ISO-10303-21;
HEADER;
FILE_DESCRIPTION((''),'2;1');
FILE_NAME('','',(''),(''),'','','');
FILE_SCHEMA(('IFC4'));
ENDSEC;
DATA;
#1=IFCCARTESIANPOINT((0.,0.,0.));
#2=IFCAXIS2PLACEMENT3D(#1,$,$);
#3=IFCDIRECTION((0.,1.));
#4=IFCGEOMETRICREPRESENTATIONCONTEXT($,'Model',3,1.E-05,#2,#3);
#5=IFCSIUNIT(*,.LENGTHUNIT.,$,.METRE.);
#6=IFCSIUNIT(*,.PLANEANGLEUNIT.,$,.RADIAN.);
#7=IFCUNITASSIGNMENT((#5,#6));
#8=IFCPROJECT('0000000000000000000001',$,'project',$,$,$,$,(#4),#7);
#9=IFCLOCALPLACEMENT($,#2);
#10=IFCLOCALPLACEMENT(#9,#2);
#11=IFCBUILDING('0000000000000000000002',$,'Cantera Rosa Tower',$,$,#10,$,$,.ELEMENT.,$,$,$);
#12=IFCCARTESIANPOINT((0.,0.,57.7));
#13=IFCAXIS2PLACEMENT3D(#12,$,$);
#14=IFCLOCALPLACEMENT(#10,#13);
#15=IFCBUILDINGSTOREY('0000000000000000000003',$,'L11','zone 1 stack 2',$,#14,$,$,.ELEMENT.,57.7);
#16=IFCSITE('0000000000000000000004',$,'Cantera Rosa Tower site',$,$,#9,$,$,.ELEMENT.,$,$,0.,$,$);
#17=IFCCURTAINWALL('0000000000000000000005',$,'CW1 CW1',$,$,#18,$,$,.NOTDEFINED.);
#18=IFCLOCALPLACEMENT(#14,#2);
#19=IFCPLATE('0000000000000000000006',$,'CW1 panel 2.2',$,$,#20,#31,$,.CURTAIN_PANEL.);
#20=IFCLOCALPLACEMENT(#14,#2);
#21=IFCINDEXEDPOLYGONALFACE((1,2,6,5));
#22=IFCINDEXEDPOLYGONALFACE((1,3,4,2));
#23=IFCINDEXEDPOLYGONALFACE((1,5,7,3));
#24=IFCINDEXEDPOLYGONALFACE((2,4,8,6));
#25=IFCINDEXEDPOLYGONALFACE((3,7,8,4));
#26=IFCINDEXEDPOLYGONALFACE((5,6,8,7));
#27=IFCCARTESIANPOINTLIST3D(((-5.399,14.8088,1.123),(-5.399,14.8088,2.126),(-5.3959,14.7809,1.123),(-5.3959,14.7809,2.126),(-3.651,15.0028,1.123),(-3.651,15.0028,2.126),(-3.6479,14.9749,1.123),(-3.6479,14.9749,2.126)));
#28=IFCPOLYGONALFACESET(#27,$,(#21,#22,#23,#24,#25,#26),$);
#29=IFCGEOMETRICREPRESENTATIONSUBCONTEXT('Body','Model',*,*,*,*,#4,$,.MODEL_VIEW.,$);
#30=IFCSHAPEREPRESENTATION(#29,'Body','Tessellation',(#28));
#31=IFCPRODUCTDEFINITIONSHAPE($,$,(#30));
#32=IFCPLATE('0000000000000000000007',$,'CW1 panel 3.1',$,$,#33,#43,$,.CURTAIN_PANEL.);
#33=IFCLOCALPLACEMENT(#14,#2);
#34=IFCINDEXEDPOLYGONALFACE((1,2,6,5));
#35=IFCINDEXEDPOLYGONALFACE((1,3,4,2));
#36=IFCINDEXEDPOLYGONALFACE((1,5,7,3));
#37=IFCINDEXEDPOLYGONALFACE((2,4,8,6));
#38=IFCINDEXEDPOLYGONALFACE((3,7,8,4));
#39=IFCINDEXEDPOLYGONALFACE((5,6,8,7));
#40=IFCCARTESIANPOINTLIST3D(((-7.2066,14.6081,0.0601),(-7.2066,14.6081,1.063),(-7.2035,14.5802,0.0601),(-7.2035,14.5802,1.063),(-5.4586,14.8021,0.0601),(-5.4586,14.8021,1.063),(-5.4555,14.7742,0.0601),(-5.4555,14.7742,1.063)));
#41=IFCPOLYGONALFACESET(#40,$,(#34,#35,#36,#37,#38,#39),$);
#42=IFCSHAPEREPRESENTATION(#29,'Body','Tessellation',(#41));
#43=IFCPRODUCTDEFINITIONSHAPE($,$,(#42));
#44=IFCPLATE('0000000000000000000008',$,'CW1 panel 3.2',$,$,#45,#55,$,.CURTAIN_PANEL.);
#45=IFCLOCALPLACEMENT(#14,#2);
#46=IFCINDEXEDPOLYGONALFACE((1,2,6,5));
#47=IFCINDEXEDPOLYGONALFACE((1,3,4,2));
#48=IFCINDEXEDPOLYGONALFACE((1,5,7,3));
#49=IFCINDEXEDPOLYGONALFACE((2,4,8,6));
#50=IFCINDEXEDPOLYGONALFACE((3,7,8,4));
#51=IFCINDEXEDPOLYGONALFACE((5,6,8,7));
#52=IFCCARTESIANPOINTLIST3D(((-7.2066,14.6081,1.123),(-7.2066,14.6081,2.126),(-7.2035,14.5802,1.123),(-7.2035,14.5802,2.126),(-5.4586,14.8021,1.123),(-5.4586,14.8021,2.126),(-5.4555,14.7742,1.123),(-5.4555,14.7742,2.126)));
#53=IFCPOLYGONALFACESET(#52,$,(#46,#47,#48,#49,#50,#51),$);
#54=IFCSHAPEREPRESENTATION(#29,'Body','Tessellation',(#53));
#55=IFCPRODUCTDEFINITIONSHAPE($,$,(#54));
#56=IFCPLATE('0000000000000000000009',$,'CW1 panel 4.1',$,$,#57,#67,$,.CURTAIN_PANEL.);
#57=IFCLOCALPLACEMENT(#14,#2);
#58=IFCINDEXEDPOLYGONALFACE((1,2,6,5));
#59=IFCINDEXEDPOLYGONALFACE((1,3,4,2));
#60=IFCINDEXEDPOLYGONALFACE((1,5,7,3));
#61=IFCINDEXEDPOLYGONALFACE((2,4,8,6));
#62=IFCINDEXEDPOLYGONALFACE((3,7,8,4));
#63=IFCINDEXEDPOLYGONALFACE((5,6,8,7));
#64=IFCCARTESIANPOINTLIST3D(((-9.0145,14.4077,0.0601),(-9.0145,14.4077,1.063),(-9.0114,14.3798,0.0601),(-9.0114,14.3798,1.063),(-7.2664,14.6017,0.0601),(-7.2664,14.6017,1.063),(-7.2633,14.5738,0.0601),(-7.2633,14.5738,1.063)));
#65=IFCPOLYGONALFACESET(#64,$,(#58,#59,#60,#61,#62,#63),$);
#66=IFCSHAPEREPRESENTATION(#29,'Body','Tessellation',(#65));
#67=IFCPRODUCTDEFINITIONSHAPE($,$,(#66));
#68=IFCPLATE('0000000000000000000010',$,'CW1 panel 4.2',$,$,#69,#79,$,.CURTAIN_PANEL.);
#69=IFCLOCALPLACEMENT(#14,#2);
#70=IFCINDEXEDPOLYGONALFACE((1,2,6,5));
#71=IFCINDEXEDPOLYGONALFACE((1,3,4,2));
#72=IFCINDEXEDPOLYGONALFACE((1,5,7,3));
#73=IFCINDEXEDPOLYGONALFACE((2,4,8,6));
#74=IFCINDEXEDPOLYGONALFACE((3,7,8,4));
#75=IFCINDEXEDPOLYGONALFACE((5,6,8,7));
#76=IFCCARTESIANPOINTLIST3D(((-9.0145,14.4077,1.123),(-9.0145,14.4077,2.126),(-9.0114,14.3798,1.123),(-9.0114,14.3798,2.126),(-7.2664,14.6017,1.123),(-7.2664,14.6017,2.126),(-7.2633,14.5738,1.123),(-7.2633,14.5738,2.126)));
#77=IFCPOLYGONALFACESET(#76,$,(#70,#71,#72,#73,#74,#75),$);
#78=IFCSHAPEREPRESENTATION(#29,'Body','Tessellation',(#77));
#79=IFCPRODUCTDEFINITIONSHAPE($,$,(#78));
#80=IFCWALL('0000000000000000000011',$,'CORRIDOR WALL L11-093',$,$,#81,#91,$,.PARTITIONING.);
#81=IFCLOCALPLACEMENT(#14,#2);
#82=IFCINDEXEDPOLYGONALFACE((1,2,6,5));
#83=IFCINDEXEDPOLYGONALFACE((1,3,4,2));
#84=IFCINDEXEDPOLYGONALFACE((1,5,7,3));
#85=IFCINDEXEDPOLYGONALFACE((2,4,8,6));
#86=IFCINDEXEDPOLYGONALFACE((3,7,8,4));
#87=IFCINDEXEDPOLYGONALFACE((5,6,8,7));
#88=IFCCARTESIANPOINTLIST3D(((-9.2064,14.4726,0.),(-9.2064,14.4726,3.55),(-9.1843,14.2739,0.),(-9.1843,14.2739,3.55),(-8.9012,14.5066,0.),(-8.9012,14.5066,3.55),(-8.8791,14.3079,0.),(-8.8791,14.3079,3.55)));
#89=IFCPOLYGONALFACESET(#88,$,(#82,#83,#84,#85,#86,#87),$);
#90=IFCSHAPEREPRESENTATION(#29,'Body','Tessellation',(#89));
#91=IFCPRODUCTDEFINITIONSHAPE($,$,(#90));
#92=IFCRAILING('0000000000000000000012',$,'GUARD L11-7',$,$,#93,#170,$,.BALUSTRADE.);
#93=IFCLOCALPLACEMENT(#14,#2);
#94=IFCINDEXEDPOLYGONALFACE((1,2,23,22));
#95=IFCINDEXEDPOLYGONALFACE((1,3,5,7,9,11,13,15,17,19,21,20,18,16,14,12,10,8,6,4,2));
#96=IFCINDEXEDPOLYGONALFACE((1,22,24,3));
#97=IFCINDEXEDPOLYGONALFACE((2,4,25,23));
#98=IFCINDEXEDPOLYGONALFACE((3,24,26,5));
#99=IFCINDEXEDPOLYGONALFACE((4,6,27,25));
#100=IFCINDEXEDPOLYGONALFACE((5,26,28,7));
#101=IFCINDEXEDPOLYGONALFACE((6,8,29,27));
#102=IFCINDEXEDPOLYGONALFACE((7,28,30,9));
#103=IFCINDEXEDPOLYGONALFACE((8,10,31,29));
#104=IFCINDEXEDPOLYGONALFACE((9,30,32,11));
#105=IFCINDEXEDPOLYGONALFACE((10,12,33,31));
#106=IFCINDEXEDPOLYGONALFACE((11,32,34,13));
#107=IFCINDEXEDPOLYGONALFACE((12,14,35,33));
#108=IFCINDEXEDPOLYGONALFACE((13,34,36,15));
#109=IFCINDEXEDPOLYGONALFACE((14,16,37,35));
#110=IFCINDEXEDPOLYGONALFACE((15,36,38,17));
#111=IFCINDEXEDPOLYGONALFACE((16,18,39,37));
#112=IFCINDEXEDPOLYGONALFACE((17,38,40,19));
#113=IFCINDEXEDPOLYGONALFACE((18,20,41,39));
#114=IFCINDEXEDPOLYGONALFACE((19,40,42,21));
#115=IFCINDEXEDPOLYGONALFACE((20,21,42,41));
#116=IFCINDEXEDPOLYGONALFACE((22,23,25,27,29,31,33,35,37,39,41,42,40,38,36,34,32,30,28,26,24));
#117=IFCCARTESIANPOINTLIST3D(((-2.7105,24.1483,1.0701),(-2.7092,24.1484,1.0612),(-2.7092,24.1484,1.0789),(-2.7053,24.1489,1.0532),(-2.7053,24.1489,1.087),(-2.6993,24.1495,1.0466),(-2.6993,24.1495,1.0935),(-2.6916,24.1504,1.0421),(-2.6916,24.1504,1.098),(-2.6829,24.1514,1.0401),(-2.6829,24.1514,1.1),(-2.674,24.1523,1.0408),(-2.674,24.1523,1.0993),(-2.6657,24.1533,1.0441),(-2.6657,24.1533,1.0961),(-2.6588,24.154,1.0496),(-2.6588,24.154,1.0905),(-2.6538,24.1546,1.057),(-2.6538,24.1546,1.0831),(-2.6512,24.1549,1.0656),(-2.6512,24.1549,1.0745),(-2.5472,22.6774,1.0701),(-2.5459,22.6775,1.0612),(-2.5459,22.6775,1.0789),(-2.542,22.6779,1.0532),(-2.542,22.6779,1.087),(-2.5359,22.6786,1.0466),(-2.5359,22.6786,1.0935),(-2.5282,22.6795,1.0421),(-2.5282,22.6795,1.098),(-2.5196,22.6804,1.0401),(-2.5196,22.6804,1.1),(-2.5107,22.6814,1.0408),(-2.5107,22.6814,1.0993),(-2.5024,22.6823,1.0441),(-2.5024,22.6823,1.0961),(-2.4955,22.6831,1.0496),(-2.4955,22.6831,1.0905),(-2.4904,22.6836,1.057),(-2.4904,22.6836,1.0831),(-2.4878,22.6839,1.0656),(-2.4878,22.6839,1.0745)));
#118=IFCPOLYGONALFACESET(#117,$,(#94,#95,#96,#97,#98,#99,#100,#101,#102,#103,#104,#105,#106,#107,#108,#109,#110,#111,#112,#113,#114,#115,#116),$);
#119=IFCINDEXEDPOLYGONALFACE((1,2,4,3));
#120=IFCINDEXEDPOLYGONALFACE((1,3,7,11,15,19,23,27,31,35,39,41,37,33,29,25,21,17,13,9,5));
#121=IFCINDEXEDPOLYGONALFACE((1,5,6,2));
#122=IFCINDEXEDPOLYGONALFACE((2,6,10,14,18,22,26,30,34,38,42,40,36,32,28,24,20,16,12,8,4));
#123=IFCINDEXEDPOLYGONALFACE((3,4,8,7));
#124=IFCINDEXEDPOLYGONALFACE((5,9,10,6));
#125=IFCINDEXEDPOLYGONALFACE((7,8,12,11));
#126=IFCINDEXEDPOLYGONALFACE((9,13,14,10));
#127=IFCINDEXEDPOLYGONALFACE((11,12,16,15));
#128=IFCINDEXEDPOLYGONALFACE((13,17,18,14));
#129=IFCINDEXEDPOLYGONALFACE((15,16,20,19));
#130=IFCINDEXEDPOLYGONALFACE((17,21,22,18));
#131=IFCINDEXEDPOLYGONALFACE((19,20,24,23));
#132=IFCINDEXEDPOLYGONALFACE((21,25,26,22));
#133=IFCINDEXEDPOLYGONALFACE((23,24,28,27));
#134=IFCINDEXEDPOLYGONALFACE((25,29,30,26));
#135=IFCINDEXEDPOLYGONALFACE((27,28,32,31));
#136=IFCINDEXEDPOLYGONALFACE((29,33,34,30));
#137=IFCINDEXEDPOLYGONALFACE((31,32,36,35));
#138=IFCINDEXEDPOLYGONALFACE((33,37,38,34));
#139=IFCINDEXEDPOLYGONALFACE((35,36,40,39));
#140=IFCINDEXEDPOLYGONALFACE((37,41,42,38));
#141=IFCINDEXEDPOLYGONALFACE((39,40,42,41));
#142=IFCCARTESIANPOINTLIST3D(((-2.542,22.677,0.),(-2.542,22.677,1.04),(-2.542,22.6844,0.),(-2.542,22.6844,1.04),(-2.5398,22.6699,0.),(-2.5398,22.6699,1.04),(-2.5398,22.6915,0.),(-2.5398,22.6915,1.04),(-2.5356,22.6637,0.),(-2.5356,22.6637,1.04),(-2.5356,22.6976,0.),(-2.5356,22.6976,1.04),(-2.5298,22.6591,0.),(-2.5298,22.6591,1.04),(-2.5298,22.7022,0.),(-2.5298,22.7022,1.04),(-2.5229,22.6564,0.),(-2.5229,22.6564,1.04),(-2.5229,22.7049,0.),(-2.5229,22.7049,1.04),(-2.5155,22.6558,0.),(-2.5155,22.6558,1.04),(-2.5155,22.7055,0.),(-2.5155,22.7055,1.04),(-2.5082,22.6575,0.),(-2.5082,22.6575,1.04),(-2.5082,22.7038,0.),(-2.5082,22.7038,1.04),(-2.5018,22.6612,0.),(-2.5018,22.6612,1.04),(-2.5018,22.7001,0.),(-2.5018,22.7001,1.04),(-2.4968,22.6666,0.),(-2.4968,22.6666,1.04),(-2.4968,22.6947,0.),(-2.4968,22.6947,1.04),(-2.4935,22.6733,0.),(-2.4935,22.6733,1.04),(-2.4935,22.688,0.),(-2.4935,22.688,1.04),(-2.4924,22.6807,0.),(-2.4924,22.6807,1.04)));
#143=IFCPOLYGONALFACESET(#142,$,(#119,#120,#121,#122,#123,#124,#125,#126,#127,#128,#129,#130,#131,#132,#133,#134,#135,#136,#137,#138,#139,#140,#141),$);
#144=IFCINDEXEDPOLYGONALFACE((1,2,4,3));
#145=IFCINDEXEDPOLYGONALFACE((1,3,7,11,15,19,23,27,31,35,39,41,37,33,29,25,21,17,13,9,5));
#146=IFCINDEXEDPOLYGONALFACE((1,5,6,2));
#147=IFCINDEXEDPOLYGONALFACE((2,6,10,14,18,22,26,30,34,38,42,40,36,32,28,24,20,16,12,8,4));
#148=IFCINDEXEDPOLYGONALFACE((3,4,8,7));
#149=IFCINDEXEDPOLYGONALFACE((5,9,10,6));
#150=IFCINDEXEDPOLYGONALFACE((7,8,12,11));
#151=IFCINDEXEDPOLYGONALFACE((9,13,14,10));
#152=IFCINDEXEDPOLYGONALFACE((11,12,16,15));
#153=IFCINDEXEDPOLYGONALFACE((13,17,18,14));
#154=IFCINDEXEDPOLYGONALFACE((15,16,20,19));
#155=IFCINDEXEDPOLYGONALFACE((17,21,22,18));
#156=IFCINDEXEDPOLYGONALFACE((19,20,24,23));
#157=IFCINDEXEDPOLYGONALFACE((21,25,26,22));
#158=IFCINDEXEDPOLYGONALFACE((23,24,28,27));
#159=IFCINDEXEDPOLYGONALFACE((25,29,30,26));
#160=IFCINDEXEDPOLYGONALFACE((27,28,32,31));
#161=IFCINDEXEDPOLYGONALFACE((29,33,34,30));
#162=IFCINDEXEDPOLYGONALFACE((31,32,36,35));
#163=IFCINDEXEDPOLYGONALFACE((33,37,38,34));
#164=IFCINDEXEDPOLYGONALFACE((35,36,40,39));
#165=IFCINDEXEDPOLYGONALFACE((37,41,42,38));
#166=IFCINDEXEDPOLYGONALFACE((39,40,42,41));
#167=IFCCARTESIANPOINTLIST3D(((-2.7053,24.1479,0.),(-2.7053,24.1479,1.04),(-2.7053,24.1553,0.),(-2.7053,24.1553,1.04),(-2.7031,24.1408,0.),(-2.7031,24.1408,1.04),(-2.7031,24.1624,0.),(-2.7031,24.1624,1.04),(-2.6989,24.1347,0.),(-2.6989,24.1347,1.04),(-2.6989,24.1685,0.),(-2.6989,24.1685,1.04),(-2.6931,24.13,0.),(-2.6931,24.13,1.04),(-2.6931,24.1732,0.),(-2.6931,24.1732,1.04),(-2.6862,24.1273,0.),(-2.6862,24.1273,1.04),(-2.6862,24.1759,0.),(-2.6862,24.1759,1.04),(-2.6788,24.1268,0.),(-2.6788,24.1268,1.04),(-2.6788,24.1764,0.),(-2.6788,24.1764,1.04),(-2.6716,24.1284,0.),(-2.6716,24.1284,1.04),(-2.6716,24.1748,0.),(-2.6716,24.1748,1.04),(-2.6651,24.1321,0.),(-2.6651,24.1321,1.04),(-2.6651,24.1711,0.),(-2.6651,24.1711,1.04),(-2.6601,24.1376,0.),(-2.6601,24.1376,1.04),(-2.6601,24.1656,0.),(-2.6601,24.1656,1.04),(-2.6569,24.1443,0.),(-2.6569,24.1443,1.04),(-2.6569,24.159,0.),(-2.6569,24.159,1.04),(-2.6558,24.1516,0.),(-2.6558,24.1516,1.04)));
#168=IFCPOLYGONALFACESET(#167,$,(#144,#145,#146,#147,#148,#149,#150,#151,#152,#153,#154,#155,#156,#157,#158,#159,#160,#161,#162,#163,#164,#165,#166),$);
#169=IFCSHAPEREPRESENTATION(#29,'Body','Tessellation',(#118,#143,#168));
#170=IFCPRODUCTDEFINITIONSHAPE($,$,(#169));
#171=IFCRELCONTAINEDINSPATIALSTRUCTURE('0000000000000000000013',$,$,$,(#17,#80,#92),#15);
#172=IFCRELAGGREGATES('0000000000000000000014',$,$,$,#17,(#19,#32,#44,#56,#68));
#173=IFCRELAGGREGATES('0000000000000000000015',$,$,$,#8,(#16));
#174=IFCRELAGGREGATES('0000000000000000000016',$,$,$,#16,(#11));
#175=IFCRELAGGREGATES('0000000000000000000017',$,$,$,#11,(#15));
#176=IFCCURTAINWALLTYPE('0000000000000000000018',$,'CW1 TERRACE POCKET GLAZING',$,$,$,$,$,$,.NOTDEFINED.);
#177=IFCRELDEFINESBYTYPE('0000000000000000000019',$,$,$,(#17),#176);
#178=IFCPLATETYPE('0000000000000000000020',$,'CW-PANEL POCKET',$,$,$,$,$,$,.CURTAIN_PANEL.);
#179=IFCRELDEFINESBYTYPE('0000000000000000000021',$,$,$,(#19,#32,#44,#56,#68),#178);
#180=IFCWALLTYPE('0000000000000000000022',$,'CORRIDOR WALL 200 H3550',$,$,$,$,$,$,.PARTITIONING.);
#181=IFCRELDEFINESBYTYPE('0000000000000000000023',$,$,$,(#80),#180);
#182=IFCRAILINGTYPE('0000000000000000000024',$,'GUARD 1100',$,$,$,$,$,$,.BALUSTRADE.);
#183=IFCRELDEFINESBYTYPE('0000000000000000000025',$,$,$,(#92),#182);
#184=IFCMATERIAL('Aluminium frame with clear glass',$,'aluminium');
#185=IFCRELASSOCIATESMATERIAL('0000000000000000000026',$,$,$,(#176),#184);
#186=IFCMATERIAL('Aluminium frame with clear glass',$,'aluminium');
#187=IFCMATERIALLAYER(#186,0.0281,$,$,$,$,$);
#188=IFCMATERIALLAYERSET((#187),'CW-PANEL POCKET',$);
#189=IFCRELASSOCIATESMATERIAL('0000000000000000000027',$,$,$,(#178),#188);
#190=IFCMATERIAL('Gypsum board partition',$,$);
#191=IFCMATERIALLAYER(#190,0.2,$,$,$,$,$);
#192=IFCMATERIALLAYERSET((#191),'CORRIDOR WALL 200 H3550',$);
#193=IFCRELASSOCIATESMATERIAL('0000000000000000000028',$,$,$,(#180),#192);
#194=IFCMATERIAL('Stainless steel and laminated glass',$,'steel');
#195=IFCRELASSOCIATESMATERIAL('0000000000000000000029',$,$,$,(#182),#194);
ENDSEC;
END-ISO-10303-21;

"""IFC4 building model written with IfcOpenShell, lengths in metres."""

from ifc_helpers import new_model, si_unit, direction, frame, frame_2d, origin, origin_2d, place, context, subcontext, project, spatial, rectangle, circle, extrude, material, layer, layer_set, type_object, element, aggregate, save


model = new_model("IFC4")

# Units and contexts
model_context = context("Model", 3, precision=1e-05, world=origin(), true_north=direction((0.0, 1.0)))
body_context = subcontext(model_context, "Body", "Model", "MODEL_VIEW")
ifc_project = project(units=[si_unit("LENGTHUNIT", "METRE"), si_unit("PLANEANGLEUNIT", "RADIAN")], contexts=[model_context])

# Site, building, storey
site_placement = place(None, origin())
site = spatial("IfcSite", under=ifc_project, at=site_placement, Name="Cantera Rosa Tower site", CompositionType="ELEMENT", RefElevation=0.0)
building_placement = place(site_placement, origin())
building = spatial("IfcBuilding", under=site, at=building_placement, Name="Cantera Rosa Tower", CompositionType="ELEMENT")
storey_placement = place(building_placement, frame((0.0, 0.0, 57.7)))
storey = spatial("IfcBuildingStorey", under=building, at=storey_placement, Name="L11", Description="zone 1 stack 2", CompositionType="ELEMENT", Elevation=57.7)

# Curtain wall
ifc_material_1 = material(Name="Aluminium frame with clear glass", Category="aluminium")
curtain_wall_type = type_object("IfcCurtainWallType", Name="CW1 TERRACE POCKET GLAZING", PredefinedType="NOTDEFINED", material=ifc_material_1)
curtain_wall_placement = place(storey_placement, origin())
curtain_wall = element("IfcCurtainWall", 1, at=curtain_wall_placement, inside=storey, type_object=curtain_wall_type, Name="CW1 CW1", PredefinedType="NOTDEFINED")

# Plates
ifc_material_2 = material(Name="Aluminium frame with clear glass", Category="aluminium")
ifc_layer_1 = layer(ifc_material_2, 0.0281)
ifc_layer_set_1 = layer_set([ifc_layer_1], Name="CW-PANEL POCKET")
plate_type = type_object("IfcPlateType", Name="CW-PANEL POCKET", PredefinedType="CURTAIN_PANEL", material=ifc_layer_set_1)
plate_1_placement = place(storey_placement, frame((-4.5234, 14.8918, 1.123), z_axis=(0.0, 0.0, 1.0), x_axis=(-0.993897, -0.110313, 0.0)))
plate_1 = element("IfcPlate", 2, at=plate_1_placement, type_object=plate_type, Name="CW1 panel 2.2", PredefinedType="CURTAIN_PANEL", context=body_context, shape_type="SweptSolid", body=[
    extrude(rectangle(XDim=1.7588, YDim=0.0281, at=origin_2d()), origin(), (0.0, 0.0, 1.0), 1.0029),
])
plate_2_placement = place(storey_placement, frame((-6.3311, 14.6912, 0.0601), z_axis=(0.0, 0.0, 1.0), x_axis=(-0.993897, -0.110313, 0.0)))
plate_2 = element("IfcPlate", 3, at=plate_2_placement, type_object=plate_type, Name="CW1 panel 3.1", PredefinedType="CURTAIN_PANEL", context=body_context, shape_type="SweptSolid", body=[
    extrude(rectangle(XDim=1.7588, YDim=0.0281, at=origin_2d()), origin(), (0.0, 0.0, 1.0), 1.0029),
])
plate_3_placement = place(storey_placement, frame((-6.3311, 14.6912, 1.123), z_axis=(0.0, 0.0, 1.0), x_axis=(-0.993897, -0.110313, 0.0)))
plate_3 = element("IfcPlate", 4, at=plate_3_placement, type_object=plate_type, Name="CW1 panel 3.2", PredefinedType="CURTAIN_PANEL", context=body_context, shape_type="SweptSolid", body=[
    extrude(rectangle(XDim=1.7588, YDim=0.0281, at=origin_2d()), origin(), (0.0, 0.0, 1.0), 1.0029),
])
plate_4_placement = place(storey_placement, frame((-8.1389, 14.4907, 0.0601), z_axis=(0.0, 0.0, 1.0), x_axis=(-0.993897, -0.110313, 0.0)))
plate_4 = element("IfcPlate", 5, at=plate_4_placement, type_object=plate_type, Name="CW1 panel 4.1", PredefinedType="CURTAIN_PANEL", context=body_context, shape_type="SweptSolid", body=[
    extrude(rectangle(XDim=1.7588, YDim=0.0281, at=origin_2d()), origin(), (0.0, 0.0, 1.0), 1.0029),
])
plate_5_placement = place(storey_placement, frame((-8.1389, 14.4907, 1.123), z_axis=(0.0, 0.0, 1.0), x_axis=(-0.993897, -0.110313, 0.0)))
plate_5 = element("IfcPlate", 6, at=plate_5_placement, type_object=plate_type, Name="CW1 panel 4.2", PredefinedType="CURTAIN_PANEL", context=body_context, shape_type="SweptSolid", body=[
    extrude(rectangle(XDim=1.7588, YDim=0.0281, at=origin_2d()), origin(), (0.0, 0.0, 1.0), 1.0029),
])
aggregate(curtain_wall, [plate_1, plate_2, plate_3, plate_4, plate_5])

# Wall
ifc_material_3 = material(Name="Gypsum board partition")
ifc_layer_2 = layer(ifc_material_3, 0.2)
ifc_layer_set_2 = layer_set([ifc_layer_2], Name="CORRIDOR WALL 200 H3550")
wall_type = type_object("IfcWallType", Name="CORRIDOR WALL 200 H3550", PredefinedType="PARTITIONING", material=ifc_layer_set_2)
wall_placement = place(storey_placement, frame((-8.8901, 14.4072, 0.0), z_axis=(0.0, 0.0, 1.0), x_axis=(-0.993874, -0.110519, 0.0)))
element("IfcWall", 7, at=wall_placement, inside=storey, type_object=wall_type, Name="CORRIDOR WALL L11-093", PredefinedType="PARTITIONING", context=body_context, shape_type="SweptSolid", body=[
    extrude(rectangle(XDim=0.3071, YDim=0.2, at=frame_2d((0.1536, 0.0))), origin(), (0.0, 0.0, 1.0), 3.55),
])

# Railing
ifc_material_4 = material(Name="Stainless steel and laminated glass", Category="steel")
railing_type = type_object("IfcRailingType", Name="GUARD 1100", PredefinedType="BALUSTRADE", material=ifc_material_4)
railing_1_placement = place(storey_placement, frame((-2.5173, 22.6807, 0.0)))
element("IfcRailing", 8, at=railing_1_placement, inside=storey, type_object=railing_type, Name="GUARD L11-7", PredefinedType="BALUSTRADE", context=body_context, shape_type="SweptSolid", body=[
    extrude(circle(Radius=0.03, at=origin_2d()), frame((0.0, 0.0, 1.0701), z_axis=(-0.110359, 0.993892, 0.0), x_axis=(-0.993892, -0.110359, 0.0)), (0.0, 0.0, 1.0), 1.48),
    extrude(circle(Radius=0.0249, at=origin_2d()), origin(), (0.0, 0.0, 1.0), 1.04),
    extrude(circle(Radius=0.0249, at=origin_2d()), frame((-0.1633, 1.4709, 0.0)), (0.0, 0.0, 1.0), 1.04),
])

save(model, "model.ifc")
